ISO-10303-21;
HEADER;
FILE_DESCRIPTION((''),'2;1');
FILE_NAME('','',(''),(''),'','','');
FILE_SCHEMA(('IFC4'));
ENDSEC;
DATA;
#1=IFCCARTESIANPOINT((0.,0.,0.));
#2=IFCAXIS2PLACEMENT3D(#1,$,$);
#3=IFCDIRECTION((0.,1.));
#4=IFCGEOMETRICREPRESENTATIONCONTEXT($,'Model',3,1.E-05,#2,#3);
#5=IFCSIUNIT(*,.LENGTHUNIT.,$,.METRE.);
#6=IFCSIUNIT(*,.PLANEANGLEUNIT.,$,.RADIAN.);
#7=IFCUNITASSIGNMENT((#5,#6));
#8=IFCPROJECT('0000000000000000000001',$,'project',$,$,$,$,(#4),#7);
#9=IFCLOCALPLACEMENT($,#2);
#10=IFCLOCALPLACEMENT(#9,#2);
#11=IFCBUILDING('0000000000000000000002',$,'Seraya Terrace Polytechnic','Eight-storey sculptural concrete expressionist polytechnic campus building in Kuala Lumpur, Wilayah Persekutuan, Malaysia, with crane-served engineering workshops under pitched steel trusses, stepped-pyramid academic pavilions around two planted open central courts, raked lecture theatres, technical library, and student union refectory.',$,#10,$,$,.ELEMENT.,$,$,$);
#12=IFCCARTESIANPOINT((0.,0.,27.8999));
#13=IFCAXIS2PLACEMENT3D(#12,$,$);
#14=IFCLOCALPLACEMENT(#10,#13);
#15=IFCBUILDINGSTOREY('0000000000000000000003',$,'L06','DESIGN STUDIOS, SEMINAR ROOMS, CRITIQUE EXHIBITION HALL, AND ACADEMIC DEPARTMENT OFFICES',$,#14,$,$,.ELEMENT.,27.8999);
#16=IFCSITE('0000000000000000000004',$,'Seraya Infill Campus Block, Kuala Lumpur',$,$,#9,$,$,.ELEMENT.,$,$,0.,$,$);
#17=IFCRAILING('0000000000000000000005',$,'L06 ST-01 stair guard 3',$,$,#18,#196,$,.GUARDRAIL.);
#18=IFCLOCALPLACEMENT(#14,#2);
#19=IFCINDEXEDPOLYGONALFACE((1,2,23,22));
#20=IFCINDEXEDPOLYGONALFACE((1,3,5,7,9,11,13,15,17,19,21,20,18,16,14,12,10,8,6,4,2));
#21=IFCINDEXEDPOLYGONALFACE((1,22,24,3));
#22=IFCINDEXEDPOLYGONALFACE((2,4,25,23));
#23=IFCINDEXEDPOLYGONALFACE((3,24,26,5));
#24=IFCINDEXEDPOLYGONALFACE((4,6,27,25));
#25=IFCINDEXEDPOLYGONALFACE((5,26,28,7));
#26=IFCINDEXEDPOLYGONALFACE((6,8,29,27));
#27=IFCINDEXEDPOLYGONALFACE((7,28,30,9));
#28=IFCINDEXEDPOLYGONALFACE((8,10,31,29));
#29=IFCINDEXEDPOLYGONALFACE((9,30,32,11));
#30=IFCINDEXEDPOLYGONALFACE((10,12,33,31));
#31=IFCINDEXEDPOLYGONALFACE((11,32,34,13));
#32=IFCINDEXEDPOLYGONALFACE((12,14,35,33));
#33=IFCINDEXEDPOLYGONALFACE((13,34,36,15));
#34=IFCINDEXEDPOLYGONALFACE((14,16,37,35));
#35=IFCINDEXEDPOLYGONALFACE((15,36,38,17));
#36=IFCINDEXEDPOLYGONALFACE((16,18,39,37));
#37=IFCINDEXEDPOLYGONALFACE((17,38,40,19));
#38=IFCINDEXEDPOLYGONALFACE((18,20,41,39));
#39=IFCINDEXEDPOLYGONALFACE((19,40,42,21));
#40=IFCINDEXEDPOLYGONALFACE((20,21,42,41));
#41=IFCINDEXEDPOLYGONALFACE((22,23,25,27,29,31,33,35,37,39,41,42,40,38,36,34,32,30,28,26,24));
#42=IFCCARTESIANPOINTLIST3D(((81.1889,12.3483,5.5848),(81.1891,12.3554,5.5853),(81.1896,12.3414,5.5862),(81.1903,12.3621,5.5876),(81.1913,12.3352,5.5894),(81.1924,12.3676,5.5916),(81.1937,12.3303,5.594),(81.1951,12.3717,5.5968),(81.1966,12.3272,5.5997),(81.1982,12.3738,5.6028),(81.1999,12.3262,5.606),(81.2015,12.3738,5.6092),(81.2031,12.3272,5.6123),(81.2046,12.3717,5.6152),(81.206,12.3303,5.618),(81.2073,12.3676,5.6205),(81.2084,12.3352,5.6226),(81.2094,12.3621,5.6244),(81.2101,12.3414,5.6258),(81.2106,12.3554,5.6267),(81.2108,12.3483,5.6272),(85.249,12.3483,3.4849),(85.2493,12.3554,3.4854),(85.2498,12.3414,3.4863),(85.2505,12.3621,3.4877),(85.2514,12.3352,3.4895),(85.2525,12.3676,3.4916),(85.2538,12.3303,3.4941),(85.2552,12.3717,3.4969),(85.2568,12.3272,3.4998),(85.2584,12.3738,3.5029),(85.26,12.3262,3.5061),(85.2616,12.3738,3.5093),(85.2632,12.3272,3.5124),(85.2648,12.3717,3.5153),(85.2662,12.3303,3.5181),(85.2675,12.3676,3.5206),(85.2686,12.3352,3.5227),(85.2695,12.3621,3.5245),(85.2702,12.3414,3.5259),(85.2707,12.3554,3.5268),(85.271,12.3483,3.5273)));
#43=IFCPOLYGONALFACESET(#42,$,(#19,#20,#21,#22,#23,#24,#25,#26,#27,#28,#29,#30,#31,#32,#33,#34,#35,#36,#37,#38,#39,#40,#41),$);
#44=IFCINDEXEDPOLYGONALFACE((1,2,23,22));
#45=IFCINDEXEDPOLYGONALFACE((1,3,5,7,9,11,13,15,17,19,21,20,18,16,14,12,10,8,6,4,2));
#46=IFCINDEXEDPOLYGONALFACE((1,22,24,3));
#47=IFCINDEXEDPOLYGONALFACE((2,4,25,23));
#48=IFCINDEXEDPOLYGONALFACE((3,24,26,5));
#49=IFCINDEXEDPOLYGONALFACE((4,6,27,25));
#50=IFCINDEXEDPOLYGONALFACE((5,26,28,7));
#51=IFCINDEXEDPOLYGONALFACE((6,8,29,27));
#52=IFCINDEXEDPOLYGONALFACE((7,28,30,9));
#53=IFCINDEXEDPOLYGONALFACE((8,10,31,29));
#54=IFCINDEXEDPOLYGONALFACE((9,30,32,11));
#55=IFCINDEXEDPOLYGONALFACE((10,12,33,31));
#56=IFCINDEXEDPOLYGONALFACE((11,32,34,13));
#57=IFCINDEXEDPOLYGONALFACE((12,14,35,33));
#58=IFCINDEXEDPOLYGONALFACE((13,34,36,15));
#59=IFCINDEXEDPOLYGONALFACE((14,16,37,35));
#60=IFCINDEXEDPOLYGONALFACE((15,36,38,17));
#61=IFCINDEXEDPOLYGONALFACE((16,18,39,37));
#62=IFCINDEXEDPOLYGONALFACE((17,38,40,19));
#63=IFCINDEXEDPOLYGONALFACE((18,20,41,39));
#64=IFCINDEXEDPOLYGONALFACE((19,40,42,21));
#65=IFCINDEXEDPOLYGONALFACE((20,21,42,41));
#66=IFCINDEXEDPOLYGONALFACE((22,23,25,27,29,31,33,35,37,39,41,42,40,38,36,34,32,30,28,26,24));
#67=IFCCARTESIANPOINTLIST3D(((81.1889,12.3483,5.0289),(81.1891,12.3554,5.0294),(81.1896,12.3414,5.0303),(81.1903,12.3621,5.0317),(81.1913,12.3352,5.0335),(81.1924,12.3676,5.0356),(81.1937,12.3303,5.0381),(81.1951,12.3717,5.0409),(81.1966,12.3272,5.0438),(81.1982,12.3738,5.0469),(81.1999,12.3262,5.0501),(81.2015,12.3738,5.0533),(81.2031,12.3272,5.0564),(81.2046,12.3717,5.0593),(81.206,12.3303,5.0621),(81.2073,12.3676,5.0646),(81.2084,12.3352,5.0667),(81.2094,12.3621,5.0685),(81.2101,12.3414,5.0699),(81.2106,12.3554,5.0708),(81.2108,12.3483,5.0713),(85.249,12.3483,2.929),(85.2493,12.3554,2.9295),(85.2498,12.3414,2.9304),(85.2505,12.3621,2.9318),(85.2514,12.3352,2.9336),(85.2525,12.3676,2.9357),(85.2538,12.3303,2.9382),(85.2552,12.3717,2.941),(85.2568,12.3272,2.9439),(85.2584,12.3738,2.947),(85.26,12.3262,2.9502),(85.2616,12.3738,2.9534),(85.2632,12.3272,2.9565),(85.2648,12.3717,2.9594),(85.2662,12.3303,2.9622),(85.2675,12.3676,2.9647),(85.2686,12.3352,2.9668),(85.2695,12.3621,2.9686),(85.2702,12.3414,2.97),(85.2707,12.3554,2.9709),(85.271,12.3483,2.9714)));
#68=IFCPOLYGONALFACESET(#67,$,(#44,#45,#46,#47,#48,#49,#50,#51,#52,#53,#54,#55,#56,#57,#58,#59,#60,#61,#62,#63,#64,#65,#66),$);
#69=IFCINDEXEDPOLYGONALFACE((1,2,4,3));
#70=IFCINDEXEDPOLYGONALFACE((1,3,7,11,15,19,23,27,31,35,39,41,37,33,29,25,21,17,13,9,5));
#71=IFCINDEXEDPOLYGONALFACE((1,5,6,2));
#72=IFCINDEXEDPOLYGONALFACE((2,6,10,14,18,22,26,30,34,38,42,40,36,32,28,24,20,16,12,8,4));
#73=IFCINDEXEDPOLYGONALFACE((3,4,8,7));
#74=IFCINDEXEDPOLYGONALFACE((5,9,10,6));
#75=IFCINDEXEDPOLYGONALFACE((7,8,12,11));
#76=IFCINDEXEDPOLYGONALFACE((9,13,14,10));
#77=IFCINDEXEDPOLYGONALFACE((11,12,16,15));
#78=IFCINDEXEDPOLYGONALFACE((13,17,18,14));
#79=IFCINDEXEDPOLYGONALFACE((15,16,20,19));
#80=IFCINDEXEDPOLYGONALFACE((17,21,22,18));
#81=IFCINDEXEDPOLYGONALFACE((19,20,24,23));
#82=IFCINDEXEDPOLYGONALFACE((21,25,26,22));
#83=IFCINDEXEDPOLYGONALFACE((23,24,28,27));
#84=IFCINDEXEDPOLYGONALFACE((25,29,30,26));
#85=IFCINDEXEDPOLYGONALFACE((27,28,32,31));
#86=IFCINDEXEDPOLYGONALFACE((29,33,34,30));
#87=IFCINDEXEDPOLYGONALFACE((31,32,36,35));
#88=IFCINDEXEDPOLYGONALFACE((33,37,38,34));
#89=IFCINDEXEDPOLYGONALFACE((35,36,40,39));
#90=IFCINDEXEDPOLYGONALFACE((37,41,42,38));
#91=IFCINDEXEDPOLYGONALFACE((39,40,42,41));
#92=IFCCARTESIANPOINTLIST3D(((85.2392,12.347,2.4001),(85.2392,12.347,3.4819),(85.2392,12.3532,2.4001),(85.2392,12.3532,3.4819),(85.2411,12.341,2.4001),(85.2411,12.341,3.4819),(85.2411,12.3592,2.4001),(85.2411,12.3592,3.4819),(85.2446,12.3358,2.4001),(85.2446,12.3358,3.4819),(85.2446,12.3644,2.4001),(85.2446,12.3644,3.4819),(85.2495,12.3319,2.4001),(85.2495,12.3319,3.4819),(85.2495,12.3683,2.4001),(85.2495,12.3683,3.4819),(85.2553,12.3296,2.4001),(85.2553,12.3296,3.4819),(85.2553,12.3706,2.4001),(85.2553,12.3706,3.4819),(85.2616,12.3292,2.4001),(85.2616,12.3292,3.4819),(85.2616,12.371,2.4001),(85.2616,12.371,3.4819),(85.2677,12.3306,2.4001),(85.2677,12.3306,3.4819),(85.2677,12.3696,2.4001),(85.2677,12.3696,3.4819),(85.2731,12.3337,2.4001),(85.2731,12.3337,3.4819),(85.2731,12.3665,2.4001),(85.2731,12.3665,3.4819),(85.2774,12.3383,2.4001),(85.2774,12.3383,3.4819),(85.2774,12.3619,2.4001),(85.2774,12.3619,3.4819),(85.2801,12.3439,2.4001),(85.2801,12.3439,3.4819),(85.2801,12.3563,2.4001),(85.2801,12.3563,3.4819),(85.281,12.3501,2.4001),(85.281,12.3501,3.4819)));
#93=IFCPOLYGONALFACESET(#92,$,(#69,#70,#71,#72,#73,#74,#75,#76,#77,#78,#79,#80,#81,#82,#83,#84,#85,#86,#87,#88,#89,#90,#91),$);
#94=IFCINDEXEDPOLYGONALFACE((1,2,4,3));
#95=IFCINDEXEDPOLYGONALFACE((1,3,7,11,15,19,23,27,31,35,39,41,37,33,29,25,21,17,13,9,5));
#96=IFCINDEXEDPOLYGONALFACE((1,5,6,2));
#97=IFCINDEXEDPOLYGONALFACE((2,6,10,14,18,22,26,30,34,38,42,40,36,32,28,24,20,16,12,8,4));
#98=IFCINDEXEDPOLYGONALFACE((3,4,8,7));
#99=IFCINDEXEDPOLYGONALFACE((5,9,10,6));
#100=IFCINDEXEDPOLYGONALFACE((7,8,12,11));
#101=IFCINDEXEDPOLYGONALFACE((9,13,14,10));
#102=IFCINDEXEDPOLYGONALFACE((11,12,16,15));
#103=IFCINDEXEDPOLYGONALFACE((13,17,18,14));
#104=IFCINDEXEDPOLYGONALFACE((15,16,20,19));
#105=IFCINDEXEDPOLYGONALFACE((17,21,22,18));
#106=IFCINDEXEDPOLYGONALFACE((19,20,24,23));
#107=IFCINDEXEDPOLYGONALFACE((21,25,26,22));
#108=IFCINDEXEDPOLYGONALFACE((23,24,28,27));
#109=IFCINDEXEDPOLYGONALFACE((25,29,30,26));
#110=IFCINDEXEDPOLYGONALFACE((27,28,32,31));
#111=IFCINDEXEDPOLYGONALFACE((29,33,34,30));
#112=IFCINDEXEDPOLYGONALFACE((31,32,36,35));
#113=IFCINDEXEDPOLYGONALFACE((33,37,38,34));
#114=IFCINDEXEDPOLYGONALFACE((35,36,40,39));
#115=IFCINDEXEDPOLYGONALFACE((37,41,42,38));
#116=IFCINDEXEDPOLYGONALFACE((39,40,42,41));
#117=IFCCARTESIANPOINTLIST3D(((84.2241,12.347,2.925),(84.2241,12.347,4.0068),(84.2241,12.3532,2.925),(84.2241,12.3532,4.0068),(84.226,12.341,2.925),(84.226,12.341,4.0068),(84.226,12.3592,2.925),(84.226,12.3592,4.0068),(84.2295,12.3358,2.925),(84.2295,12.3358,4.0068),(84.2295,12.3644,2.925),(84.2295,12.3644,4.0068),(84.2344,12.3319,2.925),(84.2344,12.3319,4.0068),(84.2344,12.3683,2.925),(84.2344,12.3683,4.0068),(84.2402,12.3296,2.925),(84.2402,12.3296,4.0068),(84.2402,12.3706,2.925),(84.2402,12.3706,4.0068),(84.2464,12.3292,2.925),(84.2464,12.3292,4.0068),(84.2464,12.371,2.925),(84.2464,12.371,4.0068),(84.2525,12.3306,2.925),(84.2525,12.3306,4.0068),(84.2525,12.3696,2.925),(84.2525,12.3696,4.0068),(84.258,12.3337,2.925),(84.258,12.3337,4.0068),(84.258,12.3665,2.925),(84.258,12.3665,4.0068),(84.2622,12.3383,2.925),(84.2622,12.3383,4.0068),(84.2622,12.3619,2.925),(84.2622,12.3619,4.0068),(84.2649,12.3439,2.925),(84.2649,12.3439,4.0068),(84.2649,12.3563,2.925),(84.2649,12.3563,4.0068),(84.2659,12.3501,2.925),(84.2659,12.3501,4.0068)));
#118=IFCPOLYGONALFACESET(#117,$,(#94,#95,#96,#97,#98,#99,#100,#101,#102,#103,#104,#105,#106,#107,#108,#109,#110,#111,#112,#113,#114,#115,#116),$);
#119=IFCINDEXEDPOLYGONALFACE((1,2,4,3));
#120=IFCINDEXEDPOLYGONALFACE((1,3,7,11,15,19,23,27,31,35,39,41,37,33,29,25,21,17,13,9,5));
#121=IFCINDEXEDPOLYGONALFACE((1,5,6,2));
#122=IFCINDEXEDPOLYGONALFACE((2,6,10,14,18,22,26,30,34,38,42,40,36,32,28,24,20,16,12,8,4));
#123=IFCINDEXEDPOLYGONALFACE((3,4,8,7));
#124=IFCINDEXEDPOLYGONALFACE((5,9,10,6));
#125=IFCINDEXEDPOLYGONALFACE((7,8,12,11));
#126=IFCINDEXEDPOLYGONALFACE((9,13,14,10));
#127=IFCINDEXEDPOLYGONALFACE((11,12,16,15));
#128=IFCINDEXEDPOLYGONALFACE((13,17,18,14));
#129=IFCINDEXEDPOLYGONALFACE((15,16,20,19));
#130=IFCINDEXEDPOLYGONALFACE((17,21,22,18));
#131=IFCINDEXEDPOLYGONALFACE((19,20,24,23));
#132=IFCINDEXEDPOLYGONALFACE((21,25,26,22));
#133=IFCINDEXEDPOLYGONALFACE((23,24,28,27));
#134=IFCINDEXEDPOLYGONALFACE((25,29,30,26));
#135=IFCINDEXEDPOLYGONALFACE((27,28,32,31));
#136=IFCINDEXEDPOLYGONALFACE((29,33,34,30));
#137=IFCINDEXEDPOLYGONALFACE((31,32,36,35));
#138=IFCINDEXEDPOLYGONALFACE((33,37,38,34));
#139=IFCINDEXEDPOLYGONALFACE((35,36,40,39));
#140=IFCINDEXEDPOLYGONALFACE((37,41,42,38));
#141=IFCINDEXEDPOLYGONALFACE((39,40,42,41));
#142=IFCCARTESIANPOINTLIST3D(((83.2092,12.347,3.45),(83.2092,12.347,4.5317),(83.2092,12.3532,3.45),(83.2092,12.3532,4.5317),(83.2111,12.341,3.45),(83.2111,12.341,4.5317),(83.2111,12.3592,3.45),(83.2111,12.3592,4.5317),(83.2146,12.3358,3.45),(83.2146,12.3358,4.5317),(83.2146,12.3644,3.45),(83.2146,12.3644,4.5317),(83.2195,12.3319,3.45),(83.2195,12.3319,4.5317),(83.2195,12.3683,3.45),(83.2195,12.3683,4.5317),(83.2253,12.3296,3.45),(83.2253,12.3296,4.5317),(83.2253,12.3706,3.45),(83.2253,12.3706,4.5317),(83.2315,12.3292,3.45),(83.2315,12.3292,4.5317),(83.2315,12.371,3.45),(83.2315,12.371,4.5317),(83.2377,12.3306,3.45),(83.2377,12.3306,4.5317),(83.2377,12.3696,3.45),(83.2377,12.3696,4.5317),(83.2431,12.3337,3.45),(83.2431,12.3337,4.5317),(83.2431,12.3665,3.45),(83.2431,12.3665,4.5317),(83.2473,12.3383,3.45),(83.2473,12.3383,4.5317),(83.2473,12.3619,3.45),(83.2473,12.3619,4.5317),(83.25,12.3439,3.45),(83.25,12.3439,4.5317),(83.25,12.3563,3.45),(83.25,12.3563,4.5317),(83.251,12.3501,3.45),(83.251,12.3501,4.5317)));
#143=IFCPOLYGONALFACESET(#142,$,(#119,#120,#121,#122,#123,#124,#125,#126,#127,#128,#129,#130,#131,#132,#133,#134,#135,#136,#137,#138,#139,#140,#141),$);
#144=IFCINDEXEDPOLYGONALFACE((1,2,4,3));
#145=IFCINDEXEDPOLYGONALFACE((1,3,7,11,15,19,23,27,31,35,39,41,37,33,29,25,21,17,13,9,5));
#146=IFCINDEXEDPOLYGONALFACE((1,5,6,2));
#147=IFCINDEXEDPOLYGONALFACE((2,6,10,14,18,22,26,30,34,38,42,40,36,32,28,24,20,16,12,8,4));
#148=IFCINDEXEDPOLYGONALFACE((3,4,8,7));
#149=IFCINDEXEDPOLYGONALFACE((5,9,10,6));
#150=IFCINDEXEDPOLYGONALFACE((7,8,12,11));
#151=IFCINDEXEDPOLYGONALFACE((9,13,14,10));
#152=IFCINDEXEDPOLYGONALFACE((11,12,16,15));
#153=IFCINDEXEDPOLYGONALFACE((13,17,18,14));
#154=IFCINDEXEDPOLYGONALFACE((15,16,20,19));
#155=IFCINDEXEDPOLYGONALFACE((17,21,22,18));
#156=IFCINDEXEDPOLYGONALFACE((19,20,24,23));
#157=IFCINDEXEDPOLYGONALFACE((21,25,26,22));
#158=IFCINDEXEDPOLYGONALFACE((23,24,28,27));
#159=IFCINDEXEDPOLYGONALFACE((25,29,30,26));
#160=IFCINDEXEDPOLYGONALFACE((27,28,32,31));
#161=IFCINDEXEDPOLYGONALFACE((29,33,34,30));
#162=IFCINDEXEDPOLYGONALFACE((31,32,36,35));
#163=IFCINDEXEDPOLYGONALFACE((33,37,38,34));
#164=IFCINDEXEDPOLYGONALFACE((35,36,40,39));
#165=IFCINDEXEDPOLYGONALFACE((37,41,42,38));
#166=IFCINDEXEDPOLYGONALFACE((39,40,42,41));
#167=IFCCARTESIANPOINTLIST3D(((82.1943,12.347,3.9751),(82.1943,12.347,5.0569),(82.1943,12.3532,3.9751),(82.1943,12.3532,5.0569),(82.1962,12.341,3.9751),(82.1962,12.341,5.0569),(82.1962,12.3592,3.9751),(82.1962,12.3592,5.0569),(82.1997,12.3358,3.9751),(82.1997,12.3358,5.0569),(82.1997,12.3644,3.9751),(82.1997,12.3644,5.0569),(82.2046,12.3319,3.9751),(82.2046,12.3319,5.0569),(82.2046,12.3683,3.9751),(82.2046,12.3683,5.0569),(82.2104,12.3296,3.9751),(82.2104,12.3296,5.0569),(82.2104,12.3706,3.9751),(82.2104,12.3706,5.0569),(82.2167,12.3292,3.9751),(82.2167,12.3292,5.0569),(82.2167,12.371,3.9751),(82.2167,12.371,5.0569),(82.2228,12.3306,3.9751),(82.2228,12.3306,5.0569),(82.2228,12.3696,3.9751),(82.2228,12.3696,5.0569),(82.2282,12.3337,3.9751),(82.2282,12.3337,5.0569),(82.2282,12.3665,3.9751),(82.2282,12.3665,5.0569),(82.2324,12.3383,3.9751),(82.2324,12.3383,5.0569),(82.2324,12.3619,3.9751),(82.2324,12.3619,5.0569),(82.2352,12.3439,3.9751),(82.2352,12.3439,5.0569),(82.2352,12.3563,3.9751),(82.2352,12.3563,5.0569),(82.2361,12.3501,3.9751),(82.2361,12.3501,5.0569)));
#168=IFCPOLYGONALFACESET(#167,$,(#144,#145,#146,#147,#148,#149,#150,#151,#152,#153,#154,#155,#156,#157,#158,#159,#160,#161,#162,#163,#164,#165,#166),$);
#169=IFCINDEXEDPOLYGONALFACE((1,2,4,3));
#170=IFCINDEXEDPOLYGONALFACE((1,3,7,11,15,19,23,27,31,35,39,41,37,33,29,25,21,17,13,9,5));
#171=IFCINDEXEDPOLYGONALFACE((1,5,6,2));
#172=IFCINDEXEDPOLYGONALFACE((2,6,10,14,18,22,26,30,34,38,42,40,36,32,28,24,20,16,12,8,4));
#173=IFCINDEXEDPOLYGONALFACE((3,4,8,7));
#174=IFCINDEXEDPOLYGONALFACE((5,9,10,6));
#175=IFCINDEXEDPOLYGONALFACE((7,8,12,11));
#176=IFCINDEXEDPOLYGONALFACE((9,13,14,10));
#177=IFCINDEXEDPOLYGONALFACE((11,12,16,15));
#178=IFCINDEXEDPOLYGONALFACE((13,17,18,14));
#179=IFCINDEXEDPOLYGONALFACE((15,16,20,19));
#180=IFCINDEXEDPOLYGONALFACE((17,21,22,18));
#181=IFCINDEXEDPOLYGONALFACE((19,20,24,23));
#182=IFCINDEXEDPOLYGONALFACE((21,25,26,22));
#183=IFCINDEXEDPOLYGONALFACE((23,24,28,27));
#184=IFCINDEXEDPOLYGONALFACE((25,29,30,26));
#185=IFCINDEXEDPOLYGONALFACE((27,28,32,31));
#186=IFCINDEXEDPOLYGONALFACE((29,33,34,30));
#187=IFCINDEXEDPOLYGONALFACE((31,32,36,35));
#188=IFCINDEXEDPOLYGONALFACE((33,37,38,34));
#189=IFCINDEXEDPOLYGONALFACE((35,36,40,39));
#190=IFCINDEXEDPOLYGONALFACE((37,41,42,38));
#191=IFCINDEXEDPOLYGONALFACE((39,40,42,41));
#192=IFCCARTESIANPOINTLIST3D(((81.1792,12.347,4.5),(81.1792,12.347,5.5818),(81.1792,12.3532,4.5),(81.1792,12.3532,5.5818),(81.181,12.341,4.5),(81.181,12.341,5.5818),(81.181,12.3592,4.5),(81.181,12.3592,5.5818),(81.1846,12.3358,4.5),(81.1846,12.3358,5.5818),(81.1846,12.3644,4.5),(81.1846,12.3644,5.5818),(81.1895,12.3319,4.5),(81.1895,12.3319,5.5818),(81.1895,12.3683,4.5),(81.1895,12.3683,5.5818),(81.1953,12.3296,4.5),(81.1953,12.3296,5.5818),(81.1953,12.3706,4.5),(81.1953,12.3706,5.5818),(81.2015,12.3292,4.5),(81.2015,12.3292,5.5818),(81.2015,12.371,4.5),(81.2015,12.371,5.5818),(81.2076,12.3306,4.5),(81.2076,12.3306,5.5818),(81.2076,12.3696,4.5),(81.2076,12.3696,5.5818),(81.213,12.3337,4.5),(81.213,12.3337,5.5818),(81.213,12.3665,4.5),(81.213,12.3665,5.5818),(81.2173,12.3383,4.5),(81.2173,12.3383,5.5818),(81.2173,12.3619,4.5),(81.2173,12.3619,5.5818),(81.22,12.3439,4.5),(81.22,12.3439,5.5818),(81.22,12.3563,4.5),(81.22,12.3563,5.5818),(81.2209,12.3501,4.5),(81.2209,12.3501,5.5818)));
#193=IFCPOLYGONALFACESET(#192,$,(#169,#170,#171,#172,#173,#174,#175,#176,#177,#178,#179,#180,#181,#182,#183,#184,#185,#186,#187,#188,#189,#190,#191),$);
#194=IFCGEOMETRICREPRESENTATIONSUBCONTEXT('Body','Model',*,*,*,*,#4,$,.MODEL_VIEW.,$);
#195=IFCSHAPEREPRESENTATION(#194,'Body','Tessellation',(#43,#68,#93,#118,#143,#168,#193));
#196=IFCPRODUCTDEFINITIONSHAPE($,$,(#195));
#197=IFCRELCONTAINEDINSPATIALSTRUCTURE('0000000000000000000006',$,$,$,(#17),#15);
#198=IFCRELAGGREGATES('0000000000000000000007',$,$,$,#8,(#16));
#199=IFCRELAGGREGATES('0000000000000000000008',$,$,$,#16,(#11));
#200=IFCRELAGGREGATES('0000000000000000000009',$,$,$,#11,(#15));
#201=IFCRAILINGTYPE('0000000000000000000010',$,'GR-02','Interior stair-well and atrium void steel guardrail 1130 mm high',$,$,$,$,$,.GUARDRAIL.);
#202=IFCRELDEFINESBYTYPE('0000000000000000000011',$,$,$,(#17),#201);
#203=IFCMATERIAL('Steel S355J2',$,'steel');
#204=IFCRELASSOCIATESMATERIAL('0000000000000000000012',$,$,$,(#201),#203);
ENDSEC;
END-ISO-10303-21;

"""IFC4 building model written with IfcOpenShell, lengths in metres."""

from ifc_helpers import new_model, si_unit, direction, frame, origin, origin_2d, place, context, subcontext, project, spatial, circle, extrude, material, type_object, element, save


model = new_model("IFC4")

# Units and contexts
model_context = context("Model", 3, precision=1e-05, world=origin(), true_north=direction((0.0, 1.0)))
body_context = subcontext(model_context, "Body", "Model", "MODEL_VIEW")
ifc_project = project(units=[si_unit("LENGTHUNIT", "METRE"), si_unit("PLANEANGLEUNIT", "RADIAN")], contexts=[model_context])

# Site, building, storey
site_placement = place(None, origin())
site = spatial("IfcSite", under=ifc_project, at=site_placement, Name="Seraya Infill Campus Block, Kuala Lumpur", CompositionType="ELEMENT", RefElevation=0.0)
building_placement = place(site_placement, origin())
building = spatial("IfcBuilding", under=site, at=building_placement, Name="Seraya Terrace Polytechnic", Description="Eight-storey sculptural concrete expressionist polytechnic campus building in Kuala Lumpur, Wilayah Persekutuan, Malaysia, with crane-served engineering workshops under pitched steel trusses, stepped-pyramid academic pavilions around two planted open central courts, raked lecture theatres, technical library, and student union refectory.", CompositionType="ELEMENT")
storey_placement = place(building_placement, frame((0.0, 0.0, 27.8999)))
storey = spatial("IfcBuildingStorey", under=building, at=storey_placement, Name="L06", Description="DESIGN STUDIOS, SEMINAR ROOMS, CRITIQUE EXHIBITION HALL, AND ACADEMIC DEPARTMENT OFFICES", CompositionType="ELEMENT", Elevation=27.8999)

# Shared definitions
ifc_material_1 = material(Name="Steel S355J2", Category="steel")

# Railing
railing_type_1 = type_object("IfcRailingType", Name="GR-02", Description="Interior stair-well and atrium void steel guardrail 1130 mm high", PredefinedType="GUARDRAIL", material=ifc_material_1)
railing_1_placement = place(storey_placement, frame((85.26, 12.3501, 2.4001)))
element("IfcRailing", 1, at=railing_1_placement, inside=storey, type_object=railing_type_1, Name="L06 ST-01 stair guard 3", PredefinedType="GUARDRAIL", context=body_context, shape_type="SweptSolid", body=[
    extrude(circle(Radius=0.0239, at=origin_2d()), frame((0.0, 0.0, 1.106), z_axis=(-0.888233, 0.0, 0.459392), x_axis=(0.0, -1.0, 0.0)), (0.0, 0.0, 1.0), 4.571),
    extrude(circle(Radius=0.0239, at=origin_2d()), frame((0.0, 0.0, 0.55), z_axis=(-0.888233, 0.0, 0.459392), x_axis=(0.0, -1.0, 0.0)), (0.0, 0.0, 1.0), 4.571),
    extrude(circle(Radius=0.021, at=origin_2d()), origin(), (0.0, 0.0, 1.0), 1.0818),
    extrude(circle(Radius=0.021, at=origin_2d()), frame((-1.0151, 0.0, 0.5249)), (0.0, 0.0, 1.0), 1.0818),
    extrude(circle(Radius=0.021, at=origin_2d()), frame((-2.03, 0.0, 1.0498)), (0.0, 0.0, 1.0), 1.0818),
    extrude(circle(Radius=0.021, at=origin_2d()), frame((-3.0449, 0.0, 1.575)), (0.0, 0.0, 1.0), 1.0818),
    extrude(circle(Radius=0.021, at=origin_2d()), frame((-4.0601, 0.0, 2.0999)), (0.0, 0.0, 1.0), 1.0818),
])

save(model, "model.ifc")
